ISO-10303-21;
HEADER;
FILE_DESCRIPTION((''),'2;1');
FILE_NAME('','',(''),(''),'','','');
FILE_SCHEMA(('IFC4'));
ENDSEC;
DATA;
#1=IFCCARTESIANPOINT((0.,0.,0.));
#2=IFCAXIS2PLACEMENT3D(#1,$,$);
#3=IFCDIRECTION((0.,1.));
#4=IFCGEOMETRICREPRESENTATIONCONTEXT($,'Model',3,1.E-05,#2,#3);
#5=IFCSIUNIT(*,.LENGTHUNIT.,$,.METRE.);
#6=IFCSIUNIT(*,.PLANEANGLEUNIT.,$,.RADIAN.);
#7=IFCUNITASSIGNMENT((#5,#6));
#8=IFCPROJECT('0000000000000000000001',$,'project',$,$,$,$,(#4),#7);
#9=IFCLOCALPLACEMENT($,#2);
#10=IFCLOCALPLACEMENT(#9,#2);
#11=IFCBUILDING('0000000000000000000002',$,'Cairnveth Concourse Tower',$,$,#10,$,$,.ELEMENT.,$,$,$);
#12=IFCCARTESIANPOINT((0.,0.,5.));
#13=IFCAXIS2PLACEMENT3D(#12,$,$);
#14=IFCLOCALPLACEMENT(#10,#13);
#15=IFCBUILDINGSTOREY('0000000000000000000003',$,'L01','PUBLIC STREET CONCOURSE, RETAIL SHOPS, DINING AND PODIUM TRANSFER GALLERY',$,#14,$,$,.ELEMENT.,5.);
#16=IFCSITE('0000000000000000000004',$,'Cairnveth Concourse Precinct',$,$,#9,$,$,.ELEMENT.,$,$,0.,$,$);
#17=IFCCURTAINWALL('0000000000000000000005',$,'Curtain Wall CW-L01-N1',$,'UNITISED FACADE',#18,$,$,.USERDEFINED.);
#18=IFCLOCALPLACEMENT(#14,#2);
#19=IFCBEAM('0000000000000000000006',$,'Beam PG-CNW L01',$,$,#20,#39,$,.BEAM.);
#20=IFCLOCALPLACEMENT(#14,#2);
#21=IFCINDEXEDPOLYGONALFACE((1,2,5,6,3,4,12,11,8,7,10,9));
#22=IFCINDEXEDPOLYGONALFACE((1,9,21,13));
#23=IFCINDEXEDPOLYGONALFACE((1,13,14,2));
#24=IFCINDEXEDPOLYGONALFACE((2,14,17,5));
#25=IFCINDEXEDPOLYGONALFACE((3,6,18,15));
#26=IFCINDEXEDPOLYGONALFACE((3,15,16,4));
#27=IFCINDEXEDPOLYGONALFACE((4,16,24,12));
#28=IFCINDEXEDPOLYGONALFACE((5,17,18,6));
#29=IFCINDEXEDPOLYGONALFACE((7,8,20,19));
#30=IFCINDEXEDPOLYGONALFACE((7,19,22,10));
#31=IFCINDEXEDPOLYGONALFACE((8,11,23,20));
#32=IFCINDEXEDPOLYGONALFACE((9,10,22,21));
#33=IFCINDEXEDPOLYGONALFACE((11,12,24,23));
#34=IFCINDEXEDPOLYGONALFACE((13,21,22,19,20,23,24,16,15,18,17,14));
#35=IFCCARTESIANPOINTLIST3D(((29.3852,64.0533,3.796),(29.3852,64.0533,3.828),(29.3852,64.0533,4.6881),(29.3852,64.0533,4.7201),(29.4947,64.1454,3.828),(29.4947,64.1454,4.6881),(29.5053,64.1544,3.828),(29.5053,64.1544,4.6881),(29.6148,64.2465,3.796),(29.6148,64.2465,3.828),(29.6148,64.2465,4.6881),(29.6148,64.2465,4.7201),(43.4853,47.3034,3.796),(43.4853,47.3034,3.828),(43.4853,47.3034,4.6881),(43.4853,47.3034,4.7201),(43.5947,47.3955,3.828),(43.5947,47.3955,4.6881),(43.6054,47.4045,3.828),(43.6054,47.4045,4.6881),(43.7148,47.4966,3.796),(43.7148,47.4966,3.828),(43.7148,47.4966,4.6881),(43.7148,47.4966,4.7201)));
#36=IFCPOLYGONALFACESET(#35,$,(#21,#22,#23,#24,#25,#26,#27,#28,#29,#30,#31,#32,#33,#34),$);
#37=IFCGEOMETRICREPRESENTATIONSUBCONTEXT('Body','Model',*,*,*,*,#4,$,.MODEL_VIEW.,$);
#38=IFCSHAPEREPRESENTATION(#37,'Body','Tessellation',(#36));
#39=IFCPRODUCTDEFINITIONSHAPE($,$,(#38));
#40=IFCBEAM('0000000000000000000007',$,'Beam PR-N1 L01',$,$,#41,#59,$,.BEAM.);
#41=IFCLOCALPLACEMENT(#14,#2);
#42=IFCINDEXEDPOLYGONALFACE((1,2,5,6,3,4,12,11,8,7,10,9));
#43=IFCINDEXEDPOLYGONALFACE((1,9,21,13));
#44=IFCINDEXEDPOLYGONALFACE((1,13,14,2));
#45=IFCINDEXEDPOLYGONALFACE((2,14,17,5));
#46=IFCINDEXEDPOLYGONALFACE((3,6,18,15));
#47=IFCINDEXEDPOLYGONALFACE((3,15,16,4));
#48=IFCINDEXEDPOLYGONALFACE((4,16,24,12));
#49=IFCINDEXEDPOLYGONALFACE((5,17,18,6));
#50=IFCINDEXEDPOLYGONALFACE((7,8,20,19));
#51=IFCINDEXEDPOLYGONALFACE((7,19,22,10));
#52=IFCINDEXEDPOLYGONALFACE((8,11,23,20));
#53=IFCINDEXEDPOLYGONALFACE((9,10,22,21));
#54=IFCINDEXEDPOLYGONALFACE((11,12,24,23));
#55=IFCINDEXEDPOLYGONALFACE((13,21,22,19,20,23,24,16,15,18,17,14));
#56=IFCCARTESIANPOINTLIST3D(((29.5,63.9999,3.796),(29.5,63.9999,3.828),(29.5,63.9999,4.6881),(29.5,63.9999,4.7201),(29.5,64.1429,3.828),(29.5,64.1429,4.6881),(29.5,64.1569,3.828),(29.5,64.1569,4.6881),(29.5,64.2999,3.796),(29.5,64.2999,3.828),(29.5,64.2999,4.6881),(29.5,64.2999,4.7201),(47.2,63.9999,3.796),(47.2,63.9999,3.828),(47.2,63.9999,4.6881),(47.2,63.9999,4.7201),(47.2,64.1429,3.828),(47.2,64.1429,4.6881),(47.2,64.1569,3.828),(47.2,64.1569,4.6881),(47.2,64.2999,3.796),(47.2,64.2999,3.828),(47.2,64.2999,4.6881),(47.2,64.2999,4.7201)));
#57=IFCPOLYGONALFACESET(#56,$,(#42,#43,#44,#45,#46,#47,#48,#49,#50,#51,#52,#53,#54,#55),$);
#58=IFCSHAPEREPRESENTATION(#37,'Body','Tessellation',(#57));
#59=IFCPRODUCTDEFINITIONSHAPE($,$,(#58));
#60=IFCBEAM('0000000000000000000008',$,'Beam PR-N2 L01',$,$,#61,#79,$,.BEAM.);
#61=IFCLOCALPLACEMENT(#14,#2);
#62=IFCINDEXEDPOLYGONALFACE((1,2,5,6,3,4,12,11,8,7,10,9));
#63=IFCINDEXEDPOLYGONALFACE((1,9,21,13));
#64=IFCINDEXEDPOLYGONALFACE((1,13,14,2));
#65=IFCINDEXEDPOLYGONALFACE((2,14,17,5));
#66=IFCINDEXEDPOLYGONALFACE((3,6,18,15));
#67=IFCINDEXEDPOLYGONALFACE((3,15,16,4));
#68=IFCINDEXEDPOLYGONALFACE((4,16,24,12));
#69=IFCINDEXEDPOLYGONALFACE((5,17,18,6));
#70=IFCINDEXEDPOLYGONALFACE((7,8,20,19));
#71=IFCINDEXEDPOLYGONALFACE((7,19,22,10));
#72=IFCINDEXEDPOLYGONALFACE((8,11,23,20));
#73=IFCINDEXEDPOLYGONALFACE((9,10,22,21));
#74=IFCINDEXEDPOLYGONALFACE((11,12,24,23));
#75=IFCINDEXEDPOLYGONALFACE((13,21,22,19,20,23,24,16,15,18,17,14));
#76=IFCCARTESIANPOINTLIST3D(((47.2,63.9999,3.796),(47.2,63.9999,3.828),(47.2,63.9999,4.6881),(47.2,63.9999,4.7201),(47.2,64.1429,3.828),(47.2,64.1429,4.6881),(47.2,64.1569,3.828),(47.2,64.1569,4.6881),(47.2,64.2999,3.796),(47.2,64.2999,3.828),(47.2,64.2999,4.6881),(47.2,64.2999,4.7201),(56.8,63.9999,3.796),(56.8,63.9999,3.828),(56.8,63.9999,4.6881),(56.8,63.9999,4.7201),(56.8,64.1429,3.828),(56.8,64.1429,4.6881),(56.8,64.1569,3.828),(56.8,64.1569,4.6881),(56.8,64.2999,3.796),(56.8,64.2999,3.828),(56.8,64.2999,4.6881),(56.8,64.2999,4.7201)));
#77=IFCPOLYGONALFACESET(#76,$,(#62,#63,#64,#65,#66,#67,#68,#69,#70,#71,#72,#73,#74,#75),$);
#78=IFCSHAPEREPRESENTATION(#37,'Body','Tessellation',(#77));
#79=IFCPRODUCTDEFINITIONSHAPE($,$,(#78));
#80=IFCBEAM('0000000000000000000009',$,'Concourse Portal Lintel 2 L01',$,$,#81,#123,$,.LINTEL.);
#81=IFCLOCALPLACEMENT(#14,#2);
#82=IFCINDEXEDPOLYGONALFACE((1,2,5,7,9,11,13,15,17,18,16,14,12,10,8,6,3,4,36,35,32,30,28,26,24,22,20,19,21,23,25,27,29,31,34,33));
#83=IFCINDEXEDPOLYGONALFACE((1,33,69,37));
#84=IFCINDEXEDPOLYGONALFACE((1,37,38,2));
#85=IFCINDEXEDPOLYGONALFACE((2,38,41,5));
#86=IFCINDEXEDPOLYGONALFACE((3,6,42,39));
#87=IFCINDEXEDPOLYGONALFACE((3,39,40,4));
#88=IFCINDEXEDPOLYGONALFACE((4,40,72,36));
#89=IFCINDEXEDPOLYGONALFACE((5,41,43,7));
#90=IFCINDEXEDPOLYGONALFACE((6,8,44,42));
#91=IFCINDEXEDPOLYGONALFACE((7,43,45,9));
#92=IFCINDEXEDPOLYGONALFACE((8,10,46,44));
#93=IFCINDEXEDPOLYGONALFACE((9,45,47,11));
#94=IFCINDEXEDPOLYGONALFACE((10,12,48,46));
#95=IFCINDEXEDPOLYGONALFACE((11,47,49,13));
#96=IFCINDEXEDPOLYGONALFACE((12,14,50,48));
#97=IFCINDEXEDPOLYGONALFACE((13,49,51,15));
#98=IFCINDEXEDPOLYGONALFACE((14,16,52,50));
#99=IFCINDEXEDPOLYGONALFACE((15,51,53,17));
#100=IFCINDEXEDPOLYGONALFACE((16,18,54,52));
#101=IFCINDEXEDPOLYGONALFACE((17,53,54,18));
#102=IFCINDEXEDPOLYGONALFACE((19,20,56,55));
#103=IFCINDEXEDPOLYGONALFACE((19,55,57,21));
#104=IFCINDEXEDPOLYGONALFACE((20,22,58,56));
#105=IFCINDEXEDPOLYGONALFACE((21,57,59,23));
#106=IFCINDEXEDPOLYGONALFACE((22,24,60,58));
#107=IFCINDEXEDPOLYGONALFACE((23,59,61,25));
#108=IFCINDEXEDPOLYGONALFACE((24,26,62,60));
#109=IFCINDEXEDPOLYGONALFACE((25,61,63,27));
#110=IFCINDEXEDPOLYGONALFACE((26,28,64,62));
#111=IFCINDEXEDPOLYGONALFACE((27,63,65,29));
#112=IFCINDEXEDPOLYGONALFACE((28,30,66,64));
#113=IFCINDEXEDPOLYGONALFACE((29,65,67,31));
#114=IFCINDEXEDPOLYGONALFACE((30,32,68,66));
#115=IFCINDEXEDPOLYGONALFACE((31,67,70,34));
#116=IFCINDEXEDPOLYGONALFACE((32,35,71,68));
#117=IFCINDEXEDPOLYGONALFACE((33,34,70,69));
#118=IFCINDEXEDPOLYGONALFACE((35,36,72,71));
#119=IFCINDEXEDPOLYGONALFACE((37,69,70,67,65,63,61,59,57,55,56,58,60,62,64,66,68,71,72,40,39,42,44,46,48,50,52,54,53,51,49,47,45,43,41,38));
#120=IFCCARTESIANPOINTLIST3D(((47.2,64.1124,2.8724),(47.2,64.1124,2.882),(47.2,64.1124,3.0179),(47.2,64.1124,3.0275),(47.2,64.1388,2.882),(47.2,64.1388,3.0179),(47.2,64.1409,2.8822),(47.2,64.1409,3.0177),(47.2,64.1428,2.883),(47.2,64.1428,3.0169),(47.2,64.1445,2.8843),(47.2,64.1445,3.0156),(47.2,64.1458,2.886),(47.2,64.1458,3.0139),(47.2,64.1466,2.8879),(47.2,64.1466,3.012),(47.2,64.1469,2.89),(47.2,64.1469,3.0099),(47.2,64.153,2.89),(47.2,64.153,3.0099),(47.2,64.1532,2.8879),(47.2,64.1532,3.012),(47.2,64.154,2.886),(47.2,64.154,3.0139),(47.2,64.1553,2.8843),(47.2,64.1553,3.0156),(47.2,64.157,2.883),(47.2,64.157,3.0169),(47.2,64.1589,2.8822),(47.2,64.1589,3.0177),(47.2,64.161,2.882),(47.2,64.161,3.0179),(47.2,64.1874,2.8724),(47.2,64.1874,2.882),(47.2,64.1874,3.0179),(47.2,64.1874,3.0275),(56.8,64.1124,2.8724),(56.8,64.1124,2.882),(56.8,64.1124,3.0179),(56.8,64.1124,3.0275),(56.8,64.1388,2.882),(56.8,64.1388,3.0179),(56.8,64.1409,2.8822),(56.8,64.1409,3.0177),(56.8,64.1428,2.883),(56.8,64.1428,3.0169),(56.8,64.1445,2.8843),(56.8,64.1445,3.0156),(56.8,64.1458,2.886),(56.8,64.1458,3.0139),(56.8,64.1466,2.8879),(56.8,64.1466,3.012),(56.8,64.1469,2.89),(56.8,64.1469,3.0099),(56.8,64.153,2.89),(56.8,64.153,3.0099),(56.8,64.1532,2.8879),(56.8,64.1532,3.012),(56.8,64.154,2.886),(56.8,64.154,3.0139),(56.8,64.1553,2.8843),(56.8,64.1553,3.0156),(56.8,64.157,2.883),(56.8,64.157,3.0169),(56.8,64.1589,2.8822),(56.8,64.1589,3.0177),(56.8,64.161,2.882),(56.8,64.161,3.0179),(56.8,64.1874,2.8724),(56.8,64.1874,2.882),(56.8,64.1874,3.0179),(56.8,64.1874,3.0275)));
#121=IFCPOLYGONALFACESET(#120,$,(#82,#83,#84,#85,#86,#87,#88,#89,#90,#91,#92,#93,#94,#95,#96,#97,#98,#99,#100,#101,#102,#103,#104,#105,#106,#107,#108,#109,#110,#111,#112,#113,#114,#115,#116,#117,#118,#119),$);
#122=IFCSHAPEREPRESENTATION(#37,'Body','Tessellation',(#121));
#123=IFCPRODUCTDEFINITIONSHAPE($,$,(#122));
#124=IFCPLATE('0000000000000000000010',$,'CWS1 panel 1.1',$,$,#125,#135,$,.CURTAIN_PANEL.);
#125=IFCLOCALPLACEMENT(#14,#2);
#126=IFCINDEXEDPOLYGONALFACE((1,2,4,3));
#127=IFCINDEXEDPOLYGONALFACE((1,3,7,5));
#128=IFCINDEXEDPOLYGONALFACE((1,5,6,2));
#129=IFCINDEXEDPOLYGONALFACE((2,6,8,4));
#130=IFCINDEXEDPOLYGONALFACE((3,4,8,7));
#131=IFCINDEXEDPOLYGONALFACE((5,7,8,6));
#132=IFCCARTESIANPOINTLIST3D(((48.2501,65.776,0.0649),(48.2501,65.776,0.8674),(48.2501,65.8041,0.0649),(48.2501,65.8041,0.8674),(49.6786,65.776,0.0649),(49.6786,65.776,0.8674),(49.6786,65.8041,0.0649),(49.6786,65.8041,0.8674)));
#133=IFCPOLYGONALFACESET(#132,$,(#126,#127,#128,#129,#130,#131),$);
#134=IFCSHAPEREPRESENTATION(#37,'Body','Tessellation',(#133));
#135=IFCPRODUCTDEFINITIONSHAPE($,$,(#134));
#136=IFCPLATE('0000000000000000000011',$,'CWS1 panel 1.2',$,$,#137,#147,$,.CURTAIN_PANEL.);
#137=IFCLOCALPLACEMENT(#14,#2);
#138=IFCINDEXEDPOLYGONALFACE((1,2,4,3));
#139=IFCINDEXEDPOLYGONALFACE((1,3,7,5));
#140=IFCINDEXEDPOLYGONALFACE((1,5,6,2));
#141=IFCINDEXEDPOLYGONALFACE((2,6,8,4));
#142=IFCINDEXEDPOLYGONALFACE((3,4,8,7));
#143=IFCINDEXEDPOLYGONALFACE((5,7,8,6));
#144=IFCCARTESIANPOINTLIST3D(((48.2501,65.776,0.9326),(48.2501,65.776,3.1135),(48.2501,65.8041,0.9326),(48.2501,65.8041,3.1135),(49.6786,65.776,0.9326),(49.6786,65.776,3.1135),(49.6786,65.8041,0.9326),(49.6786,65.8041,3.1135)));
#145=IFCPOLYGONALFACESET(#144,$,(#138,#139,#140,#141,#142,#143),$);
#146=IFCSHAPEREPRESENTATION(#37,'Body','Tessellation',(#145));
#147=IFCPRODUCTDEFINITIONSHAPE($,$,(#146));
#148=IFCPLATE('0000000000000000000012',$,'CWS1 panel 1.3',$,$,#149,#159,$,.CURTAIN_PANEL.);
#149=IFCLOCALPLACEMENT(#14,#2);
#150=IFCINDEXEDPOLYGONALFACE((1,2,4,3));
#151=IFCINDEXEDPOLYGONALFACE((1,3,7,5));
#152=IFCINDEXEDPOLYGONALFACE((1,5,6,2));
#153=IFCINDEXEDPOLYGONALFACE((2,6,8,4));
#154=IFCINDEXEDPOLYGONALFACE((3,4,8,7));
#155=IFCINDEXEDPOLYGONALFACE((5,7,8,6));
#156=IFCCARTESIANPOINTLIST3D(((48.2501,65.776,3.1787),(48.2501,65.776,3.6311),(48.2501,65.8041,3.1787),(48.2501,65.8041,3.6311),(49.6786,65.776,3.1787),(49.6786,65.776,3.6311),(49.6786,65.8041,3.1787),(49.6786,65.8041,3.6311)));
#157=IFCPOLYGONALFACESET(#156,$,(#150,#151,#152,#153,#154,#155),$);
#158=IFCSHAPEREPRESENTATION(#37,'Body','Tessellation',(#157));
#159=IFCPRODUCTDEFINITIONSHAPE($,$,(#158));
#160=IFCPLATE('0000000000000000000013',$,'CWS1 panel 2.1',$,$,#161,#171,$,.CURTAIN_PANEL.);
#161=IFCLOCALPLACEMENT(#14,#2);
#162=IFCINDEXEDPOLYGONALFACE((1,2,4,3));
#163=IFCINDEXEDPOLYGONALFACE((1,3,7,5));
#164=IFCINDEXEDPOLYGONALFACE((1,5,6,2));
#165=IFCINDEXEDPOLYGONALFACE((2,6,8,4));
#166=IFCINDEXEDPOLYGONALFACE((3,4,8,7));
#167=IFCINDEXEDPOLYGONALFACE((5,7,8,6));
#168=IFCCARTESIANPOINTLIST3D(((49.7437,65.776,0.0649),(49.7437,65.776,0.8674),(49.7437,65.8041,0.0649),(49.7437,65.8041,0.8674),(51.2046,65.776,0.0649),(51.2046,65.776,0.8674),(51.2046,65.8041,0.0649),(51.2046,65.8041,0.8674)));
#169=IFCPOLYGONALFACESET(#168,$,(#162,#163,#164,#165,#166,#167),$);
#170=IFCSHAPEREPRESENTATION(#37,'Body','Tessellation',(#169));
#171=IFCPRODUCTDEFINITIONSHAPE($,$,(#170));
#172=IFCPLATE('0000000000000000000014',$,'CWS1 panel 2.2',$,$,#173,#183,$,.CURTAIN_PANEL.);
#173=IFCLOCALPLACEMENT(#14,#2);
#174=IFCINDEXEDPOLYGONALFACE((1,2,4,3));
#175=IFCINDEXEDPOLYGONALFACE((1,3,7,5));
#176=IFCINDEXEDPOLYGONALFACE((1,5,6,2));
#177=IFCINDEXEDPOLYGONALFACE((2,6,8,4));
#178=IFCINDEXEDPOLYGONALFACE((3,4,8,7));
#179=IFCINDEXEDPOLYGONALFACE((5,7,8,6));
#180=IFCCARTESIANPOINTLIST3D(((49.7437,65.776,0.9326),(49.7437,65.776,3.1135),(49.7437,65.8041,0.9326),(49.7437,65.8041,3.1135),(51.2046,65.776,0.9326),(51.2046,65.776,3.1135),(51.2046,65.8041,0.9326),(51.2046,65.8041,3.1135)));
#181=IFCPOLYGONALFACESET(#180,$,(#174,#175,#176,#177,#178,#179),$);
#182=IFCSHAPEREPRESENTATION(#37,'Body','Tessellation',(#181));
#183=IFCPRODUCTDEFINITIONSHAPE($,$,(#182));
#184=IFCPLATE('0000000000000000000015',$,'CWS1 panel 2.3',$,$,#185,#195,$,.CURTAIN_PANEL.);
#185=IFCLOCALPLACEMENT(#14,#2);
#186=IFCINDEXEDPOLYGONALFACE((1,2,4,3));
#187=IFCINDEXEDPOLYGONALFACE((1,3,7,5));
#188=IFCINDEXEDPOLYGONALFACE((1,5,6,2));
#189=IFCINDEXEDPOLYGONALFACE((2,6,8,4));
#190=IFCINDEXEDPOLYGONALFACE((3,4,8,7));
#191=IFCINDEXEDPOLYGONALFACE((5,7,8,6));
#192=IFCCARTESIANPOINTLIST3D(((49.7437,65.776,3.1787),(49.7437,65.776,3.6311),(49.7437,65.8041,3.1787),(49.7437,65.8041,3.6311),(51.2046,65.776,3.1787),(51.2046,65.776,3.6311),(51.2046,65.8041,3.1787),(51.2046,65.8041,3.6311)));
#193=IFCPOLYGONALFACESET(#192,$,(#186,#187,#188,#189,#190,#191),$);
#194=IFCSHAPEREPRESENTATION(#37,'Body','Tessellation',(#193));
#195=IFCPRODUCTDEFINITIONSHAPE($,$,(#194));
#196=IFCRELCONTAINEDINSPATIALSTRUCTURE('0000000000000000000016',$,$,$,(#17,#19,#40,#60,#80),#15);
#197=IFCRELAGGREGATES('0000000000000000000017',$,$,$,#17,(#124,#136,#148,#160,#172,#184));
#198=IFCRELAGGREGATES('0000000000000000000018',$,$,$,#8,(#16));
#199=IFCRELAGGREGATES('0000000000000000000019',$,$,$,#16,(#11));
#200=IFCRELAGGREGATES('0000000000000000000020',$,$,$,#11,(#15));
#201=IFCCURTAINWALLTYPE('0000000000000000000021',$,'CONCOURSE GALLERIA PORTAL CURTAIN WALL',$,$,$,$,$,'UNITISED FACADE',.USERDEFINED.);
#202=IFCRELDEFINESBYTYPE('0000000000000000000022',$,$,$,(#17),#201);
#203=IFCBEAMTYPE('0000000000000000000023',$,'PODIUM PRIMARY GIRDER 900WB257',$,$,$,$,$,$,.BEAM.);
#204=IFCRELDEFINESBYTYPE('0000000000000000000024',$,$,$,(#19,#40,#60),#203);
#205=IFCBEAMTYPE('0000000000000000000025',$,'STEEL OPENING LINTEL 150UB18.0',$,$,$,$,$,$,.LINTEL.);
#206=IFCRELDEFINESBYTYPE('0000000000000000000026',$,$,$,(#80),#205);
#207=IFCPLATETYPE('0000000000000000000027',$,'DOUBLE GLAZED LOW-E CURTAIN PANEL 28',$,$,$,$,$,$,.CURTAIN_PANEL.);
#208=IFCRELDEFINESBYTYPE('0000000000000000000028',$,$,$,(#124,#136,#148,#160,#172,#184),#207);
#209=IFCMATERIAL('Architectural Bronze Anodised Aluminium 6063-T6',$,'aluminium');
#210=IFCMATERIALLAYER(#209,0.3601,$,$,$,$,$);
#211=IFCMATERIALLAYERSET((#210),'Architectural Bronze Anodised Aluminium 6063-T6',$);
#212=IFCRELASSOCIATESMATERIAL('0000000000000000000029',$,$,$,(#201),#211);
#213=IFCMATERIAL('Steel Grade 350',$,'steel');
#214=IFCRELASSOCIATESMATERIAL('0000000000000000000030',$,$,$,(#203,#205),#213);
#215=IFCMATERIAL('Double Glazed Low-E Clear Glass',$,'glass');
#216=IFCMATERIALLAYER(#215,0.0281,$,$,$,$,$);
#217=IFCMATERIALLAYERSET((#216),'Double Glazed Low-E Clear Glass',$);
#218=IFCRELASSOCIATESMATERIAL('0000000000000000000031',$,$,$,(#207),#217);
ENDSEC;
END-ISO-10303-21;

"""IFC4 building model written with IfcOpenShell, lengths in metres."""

from ifc_helpers import new_model, si_unit, direction, frame, origin, origin_2d, place, context, subcontext, project, spatial, rectangle, i_section, extrude, material, layer, layer_set, material_profile, profile_set, type_object, element, aggregate, save


model = new_model("IFC4")

# Units and contexts
model_context = context("Model", 3, precision=1e-05, world=origin(), true_north=direction((0.0, 1.0)))
body_context = subcontext(model_context, "Body", "Model", "MODEL_VIEW")
ifc_project = project(units=[si_unit("LENGTHUNIT", "METRE"), si_unit("PLANEANGLEUNIT", "RADIAN")], contexts=[model_context])

# Site, building, storey
site_placement = place(None, origin())
site = spatial("IfcSite", under=ifc_project, at=site_placement, Name="Cairnveth Concourse Precinct", CompositionType="ELEMENT", RefElevation=0.0)
building_placement = place(site_placement, origin())
building = spatial("IfcBuilding", under=site, at=building_placement, Name="Cairnveth Concourse Tower", CompositionType="ELEMENT")
storey_placement = place(building_placement, frame((0.0, 0.0, 5.0)))
storey = spatial("IfcBuildingStorey", under=building, at=storey_placement, Name="L01", Description="PUBLIC STREET CONCOURSE, RETAIL SHOPS, DINING AND PODIUM TRANSFER GALLERY", CompositionType="ELEMENT", Elevation=5.0)

# Curtain wall
ifc_material_1 = material(Name="Architectural Bronze Anodised Aluminium 6063-T6", Category="aluminium")
ifc_layer_1 = layer(ifc_material_1, 0.3601)
ifc_layer_set_1 = layer_set([ifc_layer_1], Name="Architectural Bronze Anodised Aluminium 6063-T6")
curtain_wall_type = type_object("IfcCurtainWallType", Name="CONCOURSE GALLERIA PORTAL CURTAIN WALL", ElementType="UNITISED FACADE", PredefinedType="USERDEFINED", material=ifc_layer_set_1)
curtain_wall_placement = place(storey_placement, origin())
curtain_wall = element("IfcCurtainWall", 1, at=curtain_wall_placement, inside=storey, type_object=curtain_wall_type, Name="Curtain Wall CW-L01-N1", ObjectType="UNITISED FACADE", PredefinedType="USERDEFINED")

# Beams
ifc_material_2 = material(Name="Steel Grade 350", Category="steel")
ifc_material_profile_1 = material_profile(ifc_material_2, i_section(OverallWidth=0.3, OverallDepth=0.9241, WebThickness=0.0139, FlangeThickness=0.032, at=origin_2d()), Name="900WB257")
ifc_profile_set_1 = profile_set([ifc_material_profile_1], Name="Steel Grade 350")
beam_type_1 = type_object("IfcBeamType", Name="PODIUM PRIMARY GIRDER 900WB257", PredefinedType="BEAM", material=ifc_profile_set_1)
beam_1_placement = place(storey_placement, frame((29.5, 64.1499, 4.2581), z_axis=(0.643998, -0.765027, 0.0), x_axis=(0.765027, 0.643998, 0.0)))
element("IfcBeam", 2, at=beam_1_placement, inside=storey, type_object=beam_type_1, Name="Beam PG-CNW L01", PredefinedType="BEAM", context=body_context, shape_type="SweptSolid", body=[
    extrude(i_section(OverallWidth=0.3, OverallDepth=0.9241, WebThickness=0.0139, FlangeThickness=0.032, at=origin_2d()), origin(), (0.0, 0.0, 1.0), 21.8945),
])
beam_2_placement = place(storey_placement, frame((29.5, 64.1499, 4.2581), z_axis=(1.0, 0.0, 0.0), x_axis=(0.0, 1.0, 0.0)))
element("IfcBeam", 3, at=beam_2_placement, inside=storey, type_object=beam_type_1, Name="Beam PR-N1 L01", PredefinedType="BEAM", context=body_context, shape_type="SweptSolid", body=[
    extrude(i_section(OverallWidth=0.3, OverallDepth=0.9241, WebThickness=0.0139, FlangeThickness=0.032, at=origin_2d()), origin(), (0.0, 0.0, 1.0), 17.7),
])
beam_3_placement = place(storey_placement, frame((47.2, 64.1499, 4.2581), z_axis=(1.0, 0.0, 0.0), x_axis=(0.0, 1.0, 0.0)))
element("IfcBeam", 4, at=beam_3_placement, inside=storey, type_object=beam_type_1, Name="Beam PR-N2 L01", PredefinedType="BEAM", context=body_context, shape_type="SweptSolid", body=[
    extrude(i_section(OverallWidth=0.3, OverallDepth=0.9241, WebThickness=0.0139, FlangeThickness=0.032, at=origin_2d()), origin(), (0.0, 0.0, 1.0), 9.6001),
])
ifc_material_profile_2 = material_profile(ifc_material_2, i_section(OverallWidth=0.075, OverallDepth=0.155, WebThickness=0.0061, FlangeThickness=0.0095, FilletRadius=0.0081, at=origin_2d()), Name="150UB18.0")
ifc_profile_set_2 = profile_set([ifc_material_profile_2], Name="Steel Grade 350")
beam_type_2 = type_object("IfcBeamType", Name="STEEL OPENING LINTEL 150UB18.0", PredefinedType="LINTEL", material=ifc_profile_set_2)
beam_4_placement = place(storey_placement, frame((47.2, 64.1499, 2.95), z_axis=(1.0, 0.0, 0.0), x_axis=(0.0, 1.0, 0.0)))
element("IfcBeam", 5, at=beam_4_placement, inside=storey, type_object=beam_type_2, Name="Concourse Portal Lintel 2 L01", PredefinedType="LINTEL", context=body_context, shape_type="SweptSolid", body=[
    extrude(i_section(OverallWidth=0.075, OverallDepth=0.155, WebThickness=0.0061, FlangeThickness=0.0095, FilletRadius=0.0081, at=origin_2d()), origin(), (0.0, 0.0, 1.0), 9.6001),
])

# Plates
ifc_material_3 = material(Name="Double Glazed Low-E Clear Glass", Category="glass")
ifc_layer_2 = layer(ifc_material_3, 0.0281)
ifc_layer_set_2 = layer_set([ifc_layer_2], Name="Double Glazed Low-E Clear Glass")
plate_type = type_object("IfcPlateType", Name="DOUBLE GLAZED LOW-E CURTAIN PANEL 28", PredefinedType="CURTAIN_PANEL", material=ifc_layer_set_2)
plate_1_placement = place(storey_placement, frame((48.9644, 65.79, 0.0649), z_axis=(0.0, 0.0, 1.0), x_axis=(1.0, 0.0, 0.0)))
plate_1 = element("IfcPlate", 6, at=plate_1_placement, type_object=plate_type, Name="CWS1 panel 1.1", PredefinedType="CURTAIN_PANEL", context=body_context, shape_type="SweptSolid", body=[
    extrude(rectangle(XDim=1.4285, YDim=0.0281, at=origin_2d()), origin(), (0.0, 0.0, 1.0), 0.8025),
])
plate_2_placement = place(storey_placement, frame((48.9644, 65.79, 0.9326), z_axis=(0.0, 0.0, 1.0), x_axis=(1.0, 0.0, 0.0)))
plate_2 = element("IfcPlate", 7, at=plate_2_placement, type_object=plate_type, Name="CWS1 panel 1.2", PredefinedType="CURTAIN_PANEL", context=body_context, shape_type="SweptSolid", body=[
    extrude(rectangle(XDim=1.4285, YDim=0.0281, at=origin_2d()), origin(), (0.0, 0.0, 1.0), 2.1809),
])
plate_3_placement = place(storey_placement, frame((48.9644, 65.79, 3.1787), z_axis=(0.0, 0.0, 1.0), x_axis=(1.0, 0.0, 0.0)))
plate_3 = element("IfcPlate", 8, at=plate_3_placement, type_object=plate_type, Name="CWS1 panel 1.3", PredefinedType="CURTAIN_PANEL", context=body_context, shape_type="SweptSolid", body=[
    extrude(rectangle(XDim=1.4285, YDim=0.0281, at=origin_2d()), origin(), (0.0, 0.0, 1.0), 0.4524),
])
plate_4_placement = place(storey_placement, frame((50.4741, 65.79, 0.0649), z_axis=(0.0, 0.0, 1.0), x_axis=(1.0, 0.0, 0.0)))
plate_4 = element("IfcPlate", 9, at=plate_4_placement, type_object=plate_type, Name="CWS1 panel 2.1", PredefinedType="CURTAIN_PANEL", context=body_context, shape_type="SweptSolid", body=[
    extrude(rectangle(XDim=1.4609, YDim=0.0281, at=origin_2d()), origin(), (0.0, 0.0, 1.0), 0.8025),
])
plate_5_placement = place(storey_placement, frame((50.4741, 65.79, 0.9326), z_axis=(0.0, 0.0, 1.0), x_axis=(1.0, 0.0, 0.0)))
plate_5 = element("IfcPlate", 10, at=plate_5_placement, type_object=plate_type, Name="CWS1 panel 2.2", PredefinedType="CURTAIN_PANEL", context=body_context, shape_type="SweptSolid", body=[
    extrude(rectangle(XDim=1.4609, YDim=0.0281, at=origin_2d()), origin(), (0.0, 0.0, 1.0), 2.1809),
])
plate_6_placement = place(storey_placement, frame((50.4741, 65.79, 3.1787), z_axis=(0.0, 0.0, 1.0), x_axis=(1.0, 0.0, 0.0)))
plate_6 = element("IfcPlate", 11, at=plate_6_placement, type_object=plate_type, Name="CWS1 panel 2.3", PredefinedType="CURTAIN_PANEL", context=body_context, shape_type="SweptSolid", body=[
    extrude(rectangle(XDim=1.4609, YDim=0.0281, at=origin_2d()), origin(), (0.0, 0.0, 1.0), 0.4524),
])
aggregate(curtain_wall, [plate_1, plate_2, plate_3, plate_4, plate_5, plate_6])

save(model, "model.ifc")
